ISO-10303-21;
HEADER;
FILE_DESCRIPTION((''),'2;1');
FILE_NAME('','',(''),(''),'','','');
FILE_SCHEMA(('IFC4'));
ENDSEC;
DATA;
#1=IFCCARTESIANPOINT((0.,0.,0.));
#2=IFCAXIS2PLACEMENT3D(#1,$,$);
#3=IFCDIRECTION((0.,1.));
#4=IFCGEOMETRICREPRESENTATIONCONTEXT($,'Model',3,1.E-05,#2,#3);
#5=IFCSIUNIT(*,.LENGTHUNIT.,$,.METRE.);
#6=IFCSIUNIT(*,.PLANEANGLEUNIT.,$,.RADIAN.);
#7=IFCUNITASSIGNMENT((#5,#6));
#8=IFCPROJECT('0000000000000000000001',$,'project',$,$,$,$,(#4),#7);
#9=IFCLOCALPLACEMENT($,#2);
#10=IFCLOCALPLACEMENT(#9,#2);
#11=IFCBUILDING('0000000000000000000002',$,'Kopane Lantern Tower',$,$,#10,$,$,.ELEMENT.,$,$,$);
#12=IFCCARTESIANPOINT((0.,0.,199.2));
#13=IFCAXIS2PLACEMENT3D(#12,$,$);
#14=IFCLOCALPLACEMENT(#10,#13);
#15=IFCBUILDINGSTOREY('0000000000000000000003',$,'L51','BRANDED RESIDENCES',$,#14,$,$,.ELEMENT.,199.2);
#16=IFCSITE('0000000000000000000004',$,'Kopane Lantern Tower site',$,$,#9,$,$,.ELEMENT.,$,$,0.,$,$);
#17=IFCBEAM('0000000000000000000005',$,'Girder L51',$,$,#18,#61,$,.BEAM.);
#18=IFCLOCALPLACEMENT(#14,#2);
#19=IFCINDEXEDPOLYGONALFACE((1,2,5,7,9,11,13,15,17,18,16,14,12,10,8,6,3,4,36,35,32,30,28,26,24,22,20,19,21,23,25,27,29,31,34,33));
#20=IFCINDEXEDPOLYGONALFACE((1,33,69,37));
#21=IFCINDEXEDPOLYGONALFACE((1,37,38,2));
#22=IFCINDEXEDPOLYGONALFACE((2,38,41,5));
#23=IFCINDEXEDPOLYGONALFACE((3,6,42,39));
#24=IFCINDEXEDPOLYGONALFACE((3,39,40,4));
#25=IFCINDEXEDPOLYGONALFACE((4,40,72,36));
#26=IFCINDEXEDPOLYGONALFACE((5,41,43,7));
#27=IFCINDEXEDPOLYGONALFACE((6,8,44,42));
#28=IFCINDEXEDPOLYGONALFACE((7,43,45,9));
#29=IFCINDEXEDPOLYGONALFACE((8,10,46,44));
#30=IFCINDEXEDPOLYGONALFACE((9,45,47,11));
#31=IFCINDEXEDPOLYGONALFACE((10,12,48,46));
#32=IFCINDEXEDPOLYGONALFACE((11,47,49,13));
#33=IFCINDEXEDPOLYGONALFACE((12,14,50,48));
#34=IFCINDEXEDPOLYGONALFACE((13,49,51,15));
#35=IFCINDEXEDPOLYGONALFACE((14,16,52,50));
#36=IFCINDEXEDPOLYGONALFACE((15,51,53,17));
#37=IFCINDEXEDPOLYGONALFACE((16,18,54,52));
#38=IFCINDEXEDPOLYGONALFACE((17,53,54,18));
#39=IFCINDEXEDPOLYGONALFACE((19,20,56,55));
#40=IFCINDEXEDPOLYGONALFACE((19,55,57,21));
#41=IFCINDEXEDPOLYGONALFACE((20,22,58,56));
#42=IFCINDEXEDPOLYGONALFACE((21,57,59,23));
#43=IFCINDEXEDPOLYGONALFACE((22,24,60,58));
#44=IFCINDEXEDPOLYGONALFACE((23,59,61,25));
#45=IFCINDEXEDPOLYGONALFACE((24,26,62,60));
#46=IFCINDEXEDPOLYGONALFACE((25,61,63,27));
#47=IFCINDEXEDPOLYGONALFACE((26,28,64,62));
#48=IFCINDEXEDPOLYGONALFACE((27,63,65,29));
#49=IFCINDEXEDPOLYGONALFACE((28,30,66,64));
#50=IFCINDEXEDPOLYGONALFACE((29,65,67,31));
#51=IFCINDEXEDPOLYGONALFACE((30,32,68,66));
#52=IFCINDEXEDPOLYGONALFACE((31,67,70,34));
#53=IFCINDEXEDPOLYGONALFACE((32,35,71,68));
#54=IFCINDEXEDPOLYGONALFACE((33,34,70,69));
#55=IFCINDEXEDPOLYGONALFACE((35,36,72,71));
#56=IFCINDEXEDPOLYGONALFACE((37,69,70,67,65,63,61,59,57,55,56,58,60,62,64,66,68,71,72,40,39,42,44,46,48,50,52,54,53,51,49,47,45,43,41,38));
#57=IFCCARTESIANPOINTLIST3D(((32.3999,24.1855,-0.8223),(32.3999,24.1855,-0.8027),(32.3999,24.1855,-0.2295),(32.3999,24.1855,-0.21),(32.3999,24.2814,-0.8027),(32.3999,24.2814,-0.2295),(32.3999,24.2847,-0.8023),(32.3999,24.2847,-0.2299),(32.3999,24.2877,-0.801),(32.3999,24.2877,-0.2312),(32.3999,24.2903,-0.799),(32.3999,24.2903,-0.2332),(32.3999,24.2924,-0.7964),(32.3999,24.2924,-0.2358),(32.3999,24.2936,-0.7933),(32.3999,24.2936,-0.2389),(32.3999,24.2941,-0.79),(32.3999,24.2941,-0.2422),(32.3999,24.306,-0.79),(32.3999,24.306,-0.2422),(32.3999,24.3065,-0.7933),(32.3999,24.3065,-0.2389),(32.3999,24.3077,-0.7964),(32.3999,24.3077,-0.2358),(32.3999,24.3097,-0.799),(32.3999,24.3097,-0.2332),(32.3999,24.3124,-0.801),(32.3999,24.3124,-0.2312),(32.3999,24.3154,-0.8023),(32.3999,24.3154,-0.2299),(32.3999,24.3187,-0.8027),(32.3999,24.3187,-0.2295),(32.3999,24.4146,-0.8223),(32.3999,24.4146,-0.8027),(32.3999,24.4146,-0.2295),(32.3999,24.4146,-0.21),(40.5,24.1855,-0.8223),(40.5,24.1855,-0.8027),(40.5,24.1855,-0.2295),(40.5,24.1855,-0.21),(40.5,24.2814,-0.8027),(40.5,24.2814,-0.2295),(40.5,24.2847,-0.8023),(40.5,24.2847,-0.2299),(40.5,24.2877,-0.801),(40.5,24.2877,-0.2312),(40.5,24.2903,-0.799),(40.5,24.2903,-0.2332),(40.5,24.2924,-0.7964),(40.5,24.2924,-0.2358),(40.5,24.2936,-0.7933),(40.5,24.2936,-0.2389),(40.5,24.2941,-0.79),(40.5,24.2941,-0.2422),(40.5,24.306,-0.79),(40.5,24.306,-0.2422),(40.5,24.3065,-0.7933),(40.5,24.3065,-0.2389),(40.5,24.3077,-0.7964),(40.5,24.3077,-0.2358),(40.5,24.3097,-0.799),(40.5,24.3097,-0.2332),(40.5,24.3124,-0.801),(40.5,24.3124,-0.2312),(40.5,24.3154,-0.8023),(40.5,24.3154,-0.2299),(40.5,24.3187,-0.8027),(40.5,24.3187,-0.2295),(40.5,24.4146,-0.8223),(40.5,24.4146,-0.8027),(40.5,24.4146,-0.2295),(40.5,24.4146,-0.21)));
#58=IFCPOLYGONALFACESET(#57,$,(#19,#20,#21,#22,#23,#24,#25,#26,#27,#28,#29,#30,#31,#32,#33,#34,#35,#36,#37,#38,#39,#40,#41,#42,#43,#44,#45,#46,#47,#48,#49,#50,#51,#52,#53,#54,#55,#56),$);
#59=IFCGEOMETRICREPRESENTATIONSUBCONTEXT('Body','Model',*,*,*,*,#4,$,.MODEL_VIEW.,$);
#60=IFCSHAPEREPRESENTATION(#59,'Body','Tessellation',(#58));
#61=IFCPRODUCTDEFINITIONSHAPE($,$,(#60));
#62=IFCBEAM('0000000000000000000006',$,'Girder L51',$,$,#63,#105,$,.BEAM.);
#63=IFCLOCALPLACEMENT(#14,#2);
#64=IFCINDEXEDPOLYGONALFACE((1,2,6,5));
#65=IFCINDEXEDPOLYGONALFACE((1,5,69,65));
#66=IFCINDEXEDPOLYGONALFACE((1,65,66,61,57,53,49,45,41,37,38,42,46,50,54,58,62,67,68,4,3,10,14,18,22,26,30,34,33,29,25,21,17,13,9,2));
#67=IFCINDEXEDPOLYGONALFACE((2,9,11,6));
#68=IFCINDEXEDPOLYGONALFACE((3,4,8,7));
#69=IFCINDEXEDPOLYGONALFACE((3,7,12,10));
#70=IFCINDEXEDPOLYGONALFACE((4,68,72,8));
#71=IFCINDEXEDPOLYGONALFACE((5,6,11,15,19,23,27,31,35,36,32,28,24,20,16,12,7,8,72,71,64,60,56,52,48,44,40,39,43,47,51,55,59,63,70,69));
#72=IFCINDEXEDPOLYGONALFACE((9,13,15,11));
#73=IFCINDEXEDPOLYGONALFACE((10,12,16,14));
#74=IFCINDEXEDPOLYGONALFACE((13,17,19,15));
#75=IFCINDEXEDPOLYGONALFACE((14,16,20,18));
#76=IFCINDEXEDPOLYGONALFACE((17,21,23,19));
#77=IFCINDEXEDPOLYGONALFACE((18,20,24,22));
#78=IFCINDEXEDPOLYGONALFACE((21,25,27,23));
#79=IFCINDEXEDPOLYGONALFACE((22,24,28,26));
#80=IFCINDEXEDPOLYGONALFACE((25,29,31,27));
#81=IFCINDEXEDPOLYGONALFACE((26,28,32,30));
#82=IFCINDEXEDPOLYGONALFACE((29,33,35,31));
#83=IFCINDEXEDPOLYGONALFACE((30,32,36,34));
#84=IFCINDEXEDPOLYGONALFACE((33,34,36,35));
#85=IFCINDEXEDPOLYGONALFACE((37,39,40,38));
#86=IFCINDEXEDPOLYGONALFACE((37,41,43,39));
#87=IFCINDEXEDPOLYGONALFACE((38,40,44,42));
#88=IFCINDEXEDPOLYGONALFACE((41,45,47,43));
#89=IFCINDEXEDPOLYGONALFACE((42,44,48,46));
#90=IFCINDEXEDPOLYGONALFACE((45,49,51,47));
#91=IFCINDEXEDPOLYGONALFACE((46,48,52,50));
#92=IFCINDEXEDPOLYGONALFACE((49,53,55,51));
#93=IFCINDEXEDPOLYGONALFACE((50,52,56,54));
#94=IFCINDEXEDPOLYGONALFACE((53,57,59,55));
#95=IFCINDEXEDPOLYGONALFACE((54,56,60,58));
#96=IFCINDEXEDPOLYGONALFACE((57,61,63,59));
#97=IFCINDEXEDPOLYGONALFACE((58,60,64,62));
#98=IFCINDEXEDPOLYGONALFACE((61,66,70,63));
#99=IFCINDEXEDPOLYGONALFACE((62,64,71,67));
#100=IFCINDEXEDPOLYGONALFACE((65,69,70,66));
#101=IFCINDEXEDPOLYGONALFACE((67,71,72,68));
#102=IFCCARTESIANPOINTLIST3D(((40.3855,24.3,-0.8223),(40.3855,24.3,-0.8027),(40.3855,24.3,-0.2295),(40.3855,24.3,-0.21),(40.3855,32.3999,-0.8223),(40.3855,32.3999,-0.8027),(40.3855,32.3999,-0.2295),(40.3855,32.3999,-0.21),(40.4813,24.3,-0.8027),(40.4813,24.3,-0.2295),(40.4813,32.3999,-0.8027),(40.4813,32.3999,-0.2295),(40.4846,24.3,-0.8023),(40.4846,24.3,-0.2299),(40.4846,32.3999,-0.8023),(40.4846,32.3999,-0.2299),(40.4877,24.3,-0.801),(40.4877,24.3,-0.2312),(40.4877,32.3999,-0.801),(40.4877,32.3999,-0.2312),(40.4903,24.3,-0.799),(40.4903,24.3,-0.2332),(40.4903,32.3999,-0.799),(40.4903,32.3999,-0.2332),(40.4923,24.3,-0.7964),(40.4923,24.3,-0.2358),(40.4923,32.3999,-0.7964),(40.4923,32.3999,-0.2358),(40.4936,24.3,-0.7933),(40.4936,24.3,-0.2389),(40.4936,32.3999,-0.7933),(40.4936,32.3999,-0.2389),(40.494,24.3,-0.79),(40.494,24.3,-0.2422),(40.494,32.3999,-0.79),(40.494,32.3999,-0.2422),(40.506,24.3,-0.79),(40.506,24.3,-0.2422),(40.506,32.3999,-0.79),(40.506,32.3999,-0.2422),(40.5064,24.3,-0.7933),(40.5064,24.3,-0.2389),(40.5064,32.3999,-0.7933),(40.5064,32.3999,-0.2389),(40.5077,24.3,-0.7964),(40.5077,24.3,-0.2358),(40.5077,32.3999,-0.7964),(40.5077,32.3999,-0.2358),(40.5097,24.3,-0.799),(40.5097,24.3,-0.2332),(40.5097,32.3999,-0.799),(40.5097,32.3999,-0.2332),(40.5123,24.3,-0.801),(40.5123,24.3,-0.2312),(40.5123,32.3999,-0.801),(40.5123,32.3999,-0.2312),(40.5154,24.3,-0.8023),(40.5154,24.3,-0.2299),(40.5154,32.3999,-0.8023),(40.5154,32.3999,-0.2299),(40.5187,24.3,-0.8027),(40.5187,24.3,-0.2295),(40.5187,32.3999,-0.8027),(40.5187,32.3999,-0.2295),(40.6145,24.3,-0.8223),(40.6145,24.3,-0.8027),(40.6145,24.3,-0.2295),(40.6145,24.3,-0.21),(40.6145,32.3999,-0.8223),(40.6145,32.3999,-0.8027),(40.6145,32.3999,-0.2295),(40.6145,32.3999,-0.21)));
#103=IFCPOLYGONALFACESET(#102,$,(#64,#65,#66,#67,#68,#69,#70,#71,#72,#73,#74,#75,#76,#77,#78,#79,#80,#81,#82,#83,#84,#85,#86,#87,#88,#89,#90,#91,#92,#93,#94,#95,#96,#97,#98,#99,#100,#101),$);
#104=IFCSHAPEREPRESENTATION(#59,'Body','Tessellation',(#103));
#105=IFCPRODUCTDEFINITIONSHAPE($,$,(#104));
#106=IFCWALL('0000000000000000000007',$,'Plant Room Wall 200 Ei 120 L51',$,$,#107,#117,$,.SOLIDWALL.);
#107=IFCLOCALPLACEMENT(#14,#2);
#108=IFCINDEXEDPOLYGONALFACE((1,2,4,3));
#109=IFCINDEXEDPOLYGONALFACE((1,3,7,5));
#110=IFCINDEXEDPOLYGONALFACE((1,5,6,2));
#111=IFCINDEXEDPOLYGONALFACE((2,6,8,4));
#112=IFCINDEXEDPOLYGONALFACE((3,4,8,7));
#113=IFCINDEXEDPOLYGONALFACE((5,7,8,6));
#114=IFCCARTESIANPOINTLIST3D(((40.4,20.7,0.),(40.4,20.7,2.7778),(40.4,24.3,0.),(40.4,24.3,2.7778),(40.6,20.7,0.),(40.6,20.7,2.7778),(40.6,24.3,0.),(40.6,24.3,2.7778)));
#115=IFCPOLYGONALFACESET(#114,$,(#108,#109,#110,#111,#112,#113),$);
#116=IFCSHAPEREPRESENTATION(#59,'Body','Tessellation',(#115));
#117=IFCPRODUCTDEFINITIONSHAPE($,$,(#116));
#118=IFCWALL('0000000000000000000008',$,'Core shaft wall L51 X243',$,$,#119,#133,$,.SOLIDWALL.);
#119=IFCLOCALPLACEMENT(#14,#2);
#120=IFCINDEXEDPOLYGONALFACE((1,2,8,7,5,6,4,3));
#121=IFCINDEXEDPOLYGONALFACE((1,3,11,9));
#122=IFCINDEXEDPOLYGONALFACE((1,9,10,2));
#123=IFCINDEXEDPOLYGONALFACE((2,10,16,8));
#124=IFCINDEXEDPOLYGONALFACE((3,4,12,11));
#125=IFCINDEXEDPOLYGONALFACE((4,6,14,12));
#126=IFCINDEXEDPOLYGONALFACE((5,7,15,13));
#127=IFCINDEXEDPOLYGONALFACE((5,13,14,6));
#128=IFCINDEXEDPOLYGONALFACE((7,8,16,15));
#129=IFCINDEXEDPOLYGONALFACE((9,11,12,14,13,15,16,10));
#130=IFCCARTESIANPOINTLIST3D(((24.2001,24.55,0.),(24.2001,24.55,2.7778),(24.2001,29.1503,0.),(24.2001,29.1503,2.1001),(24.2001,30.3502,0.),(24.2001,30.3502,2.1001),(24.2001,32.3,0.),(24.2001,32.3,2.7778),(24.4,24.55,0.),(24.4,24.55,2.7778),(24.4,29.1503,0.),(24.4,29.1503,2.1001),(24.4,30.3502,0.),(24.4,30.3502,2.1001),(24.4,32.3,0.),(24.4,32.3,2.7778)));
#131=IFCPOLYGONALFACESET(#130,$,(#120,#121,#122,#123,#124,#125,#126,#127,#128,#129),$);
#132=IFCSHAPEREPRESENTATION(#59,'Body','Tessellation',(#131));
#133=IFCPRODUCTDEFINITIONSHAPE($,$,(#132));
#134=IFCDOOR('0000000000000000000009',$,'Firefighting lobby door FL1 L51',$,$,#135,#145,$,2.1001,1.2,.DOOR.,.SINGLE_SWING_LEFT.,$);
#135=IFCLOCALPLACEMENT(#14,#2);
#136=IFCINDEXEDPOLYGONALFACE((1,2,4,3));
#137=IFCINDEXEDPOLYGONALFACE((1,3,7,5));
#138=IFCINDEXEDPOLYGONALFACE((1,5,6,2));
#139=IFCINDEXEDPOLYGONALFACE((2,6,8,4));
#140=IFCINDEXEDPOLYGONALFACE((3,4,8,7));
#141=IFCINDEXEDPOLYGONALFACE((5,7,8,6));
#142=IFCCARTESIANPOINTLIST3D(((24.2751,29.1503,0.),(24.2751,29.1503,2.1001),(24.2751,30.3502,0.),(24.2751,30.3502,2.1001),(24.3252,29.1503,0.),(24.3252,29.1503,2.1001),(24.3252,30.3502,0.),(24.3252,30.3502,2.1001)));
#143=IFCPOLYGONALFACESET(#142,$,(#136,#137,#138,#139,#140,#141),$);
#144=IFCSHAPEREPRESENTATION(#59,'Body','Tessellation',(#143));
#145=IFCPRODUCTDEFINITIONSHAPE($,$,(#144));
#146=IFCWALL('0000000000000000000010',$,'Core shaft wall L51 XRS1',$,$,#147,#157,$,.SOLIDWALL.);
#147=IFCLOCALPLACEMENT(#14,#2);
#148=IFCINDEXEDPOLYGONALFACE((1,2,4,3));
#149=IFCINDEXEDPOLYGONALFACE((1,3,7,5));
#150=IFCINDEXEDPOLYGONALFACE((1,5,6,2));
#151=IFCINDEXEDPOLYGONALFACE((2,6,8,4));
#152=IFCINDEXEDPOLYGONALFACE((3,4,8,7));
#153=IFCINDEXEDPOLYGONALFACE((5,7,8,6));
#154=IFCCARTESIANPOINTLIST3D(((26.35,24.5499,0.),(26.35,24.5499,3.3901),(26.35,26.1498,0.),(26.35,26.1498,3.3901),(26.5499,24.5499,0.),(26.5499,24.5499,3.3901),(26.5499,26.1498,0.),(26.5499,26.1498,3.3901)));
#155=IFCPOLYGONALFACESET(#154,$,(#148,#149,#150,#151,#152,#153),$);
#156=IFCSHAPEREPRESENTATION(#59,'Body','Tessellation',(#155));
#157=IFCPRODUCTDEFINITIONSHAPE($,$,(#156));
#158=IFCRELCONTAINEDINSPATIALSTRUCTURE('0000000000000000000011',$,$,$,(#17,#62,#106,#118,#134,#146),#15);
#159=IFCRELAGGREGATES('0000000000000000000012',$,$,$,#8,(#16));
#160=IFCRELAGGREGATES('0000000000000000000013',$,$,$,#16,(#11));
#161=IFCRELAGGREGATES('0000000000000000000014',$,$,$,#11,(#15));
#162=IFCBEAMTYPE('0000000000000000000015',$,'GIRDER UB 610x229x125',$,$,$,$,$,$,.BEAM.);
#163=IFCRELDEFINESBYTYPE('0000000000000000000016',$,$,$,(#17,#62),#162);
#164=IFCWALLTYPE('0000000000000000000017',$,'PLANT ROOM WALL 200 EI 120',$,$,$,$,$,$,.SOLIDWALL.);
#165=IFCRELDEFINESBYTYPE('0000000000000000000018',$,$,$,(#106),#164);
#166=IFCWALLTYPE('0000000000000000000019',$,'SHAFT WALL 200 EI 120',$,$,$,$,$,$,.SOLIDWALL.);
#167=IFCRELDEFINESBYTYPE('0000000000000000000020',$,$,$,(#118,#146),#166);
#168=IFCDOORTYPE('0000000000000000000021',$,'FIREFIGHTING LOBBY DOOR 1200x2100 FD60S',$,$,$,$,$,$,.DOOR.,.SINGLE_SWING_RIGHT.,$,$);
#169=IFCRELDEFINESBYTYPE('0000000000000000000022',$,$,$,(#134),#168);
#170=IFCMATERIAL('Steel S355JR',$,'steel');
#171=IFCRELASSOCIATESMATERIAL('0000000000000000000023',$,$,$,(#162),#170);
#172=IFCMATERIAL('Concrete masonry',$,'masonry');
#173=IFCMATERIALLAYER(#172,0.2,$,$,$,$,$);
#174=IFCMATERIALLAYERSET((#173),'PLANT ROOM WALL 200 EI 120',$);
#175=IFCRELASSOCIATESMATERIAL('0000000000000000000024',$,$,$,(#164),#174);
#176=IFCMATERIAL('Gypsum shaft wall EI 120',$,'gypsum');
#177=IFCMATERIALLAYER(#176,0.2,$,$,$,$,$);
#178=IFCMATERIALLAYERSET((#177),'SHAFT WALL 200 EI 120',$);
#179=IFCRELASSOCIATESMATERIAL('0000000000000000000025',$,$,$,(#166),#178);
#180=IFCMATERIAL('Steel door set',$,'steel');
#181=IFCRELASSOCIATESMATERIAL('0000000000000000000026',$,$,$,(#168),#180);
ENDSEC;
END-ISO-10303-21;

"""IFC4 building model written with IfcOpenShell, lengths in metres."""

from ifc_helpers import new_model, si_unit, direction, frame, frame_2d, origin, origin_2d, place, context, subcontext, project, spatial, rectangle, i_section, extrude, material, layer, layer_set, material_profile, profile_set, type_object, element, fill, save


model = new_model("IFC4")

# Units and contexts
model_context = context("Model", 3, precision=1e-05, world=origin(), true_north=direction((0.0, 1.0)))
body_context = subcontext(model_context, "Body", "Model", "MODEL_VIEW")
ifc_project = project(units=[si_unit("LENGTHUNIT", "METRE"), si_unit("PLANEANGLEUNIT", "RADIAN")], contexts=[model_context])

# Site, building, storey
site_placement = place(None, origin())
site = spatial("IfcSite", under=ifc_project, at=site_placement, Name="Kopane Lantern Tower site", CompositionType="ELEMENT", RefElevation=0.0)
building_placement = place(site_placement, origin())
building = spatial("IfcBuilding", under=site, at=building_placement, Name="Kopane Lantern Tower", CompositionType="ELEMENT")
storey_placement = place(building_placement, frame((0.0, 0.0, 199.2)))
storey = spatial("IfcBuildingStorey", under=building, at=storey_placement, Name="L51", Description="BRANDED RESIDENCES", CompositionType="ELEMENT", Elevation=199.2)

# Beams
ifc_material_1 = material(Name="Steel S355JR", Category="steel")
ifc_material_profile_1 = material_profile(ifc_material_1, i_section(OverallWidth=0.229, OverallDepth=0.6123, WebThickness=0.012, FlangeThickness=0.0195, FilletRadius=0.0127, at=origin_2d()), Name="UB 610x229x125")
ifc_profile_set_1 = profile_set([ifc_material_profile_1], Name="Steel S355JR")
beam_type_1 = type_object("IfcBeamType", Name="GIRDER UB 610x229x125", PredefinedType="BEAM", material=ifc_profile_set_1)
beam_1_placement = place(storey_placement, frame((32.3999, 24.3, -0.5161), z_axis=(1.0, 0.0, 0.0), x_axis=(0.0, 1.0, 0.0)))
element("IfcBeam", 1, at=beam_1_placement, inside=storey, type_object=beam_type_1, Name="Girder L51", PredefinedType="BEAM", context=body_context, shape_type="SweptSolid", body=[
    extrude(i_section(OverallWidth=0.229, OverallDepth=0.6123, WebThickness=0.012, FlangeThickness=0.0195, FilletRadius=0.0127, at=origin_2d()), origin(), (0.0, 0.0, 1.0), 8.1001),
])
beam_2_placement = place(storey_placement, frame((40.5, 24.3, -0.5161), z_axis=(0.0, 1.0, 0.0), x_axis=(-1.0, 0.0, 0.0)))
element("IfcBeam", 2, at=beam_2_placement, inside=storey, type_object=beam_type_1, Name="Girder L51", PredefinedType="BEAM", context=body_context, shape_type="SweptSolid", body=[
    extrude(i_section(OverallWidth=0.229, OverallDepth=0.6123, WebThickness=0.012, FlangeThickness=0.0195, FilletRadius=0.0127, at=origin_2d()), origin(), (0.0, 0.0, 1.0), 8.0999),
])

# Wall
ifc_material_2 = material(Name="Concrete masonry", Category="masonry")
ifc_layer_1 = layer(ifc_material_2, 0.2)
ifc_layer_set_1 = layer_set([ifc_layer_1], Name="PLANT ROOM WALL 200 EI 120")
wall_type_1 = type_object("IfcWallType", Name="PLANT ROOM WALL 200 EI 120", PredefinedType="SOLIDWALL", material=ifc_layer_set_1)
wall_1_placement = place(storey_placement, frame((40.5, 20.7, 0.0), z_axis=(0.0, 0.0, 1.0), x_axis=(0.0, 1.0, 0.0)))
element("IfcWall", 3, at=wall_1_placement, inside=storey, type_object=wall_type_1, Name="Plant Room Wall 200 Ei 120 L51", PredefinedType="SOLIDWALL", context=body_context, shape_type="SweptSolid", body=[
    extrude(rectangle(XDim=3.6001, YDim=0.2, at=frame_2d((1.8, 0.0))), origin(), (0.0, 0.0, 1.0), 2.7778),
])

# Wall, opening, door
ifc_material_3 = material(Name="Gypsum shaft wall EI 120", Category="gypsum")
ifc_layer_2 = layer(ifc_material_3, 0.2)
ifc_layer_set_2 = layer_set([ifc_layer_2], Name="SHAFT WALL 200 EI 120")
wall_type_2 = type_object("IfcWallType", Name="SHAFT WALL 200 EI 120", PredefinedType="SOLIDWALL", material=ifc_layer_set_2)
wall_2_placement = place(storey_placement, frame((24.3, 24.55, 0.0), z_axis=(0.0, 0.0, 1.0), x_axis=(0.0, 1.0, 0.0)))
wall_2 = element("IfcWall", 4, at=wall_2_placement, inside=storey, type_object=wall_type_2, Name="Core shaft wall L51 X243", PredefinedType="SOLIDWALL", context=body_context, shape_type="SweptSolid", body=[
    extrude(rectangle(XDim=7.75, YDim=0.2, at=frame_2d((3.875, 0.0))), origin(), (0.0, 0.0, 1.0), 2.7778),
])
opening_1_placement = place(wall_2_placement, frame((4.6001, 0.0, 0.0)))
opening_1 = element("IfcOpeningElement", 5, at=opening_1_placement, cuts=wall_2, PredefinedType="OPENING", context=body_context, shape_type="SweptSolid", body=[
    extrude(rectangle(XDim=1.2, YDim=2.1001, at=frame_2d((0.6001, 1.05))), frame((0.0, 0.1099, 0.0), z_axis=(0.0, -1.0, 0.0), x_axis=(1.0, 0.0, 0.0)), (0.0, 0.0, 1.0), 0.22),
])
ifc_material_4 = material(Name="Steel door set", Category="steel")
door_type_1 = type_object("IfcDoorType", Name="FIREFIGHTING LOBBY DOOR 1200x2100 FD60S", OperationType="SINGLE_SWING_RIGHT", PredefinedType="DOOR", material=ifc_material_4)
door_1_placement = place(opening_1_placement, origin())
door_1 = element("IfcDoor", 6, at=door_1_placement, inside=storey, type_object=door_type_1, Name="Firefighting lobby door FL1 L51", OperationType="SINGLE_SWING_LEFT", OverallHeight=2.1001, OverallWidth=1.2, PredefinedType="DOOR", context=body_context, shape_type="SweptSolid", body=[
    extrude(rectangle(XDim=1.2, YDim=2.1001, at=frame_2d((0.6001, 1.05))), frame((0.0, 0.0249, 0.0), z_axis=(0.0, -1.0, 0.0), x_axis=(1.0, 0.0, 0.0)), (0.0, 0.0, 1.0), 0.05),
])
fill(opening_1, door_1)

# Wall
wall_3_placement = place(storey_placement, frame((26.45, 24.55, 0.0), z_axis=(0.0, 0.0, 1.0), x_axis=(0.0, 1.0, 0.0)))
element("IfcWall", 7, at=wall_3_placement, inside=storey, type_object=wall_type_2, Name="Core shaft wall L51 XRS1", PredefinedType="SOLIDWALL", context=body_context, shape_type="SweptSolid", body=[
    extrude(rectangle(XDim=1.5999, YDim=0.2, at=frame_2d((0.7998, 0.0))), origin(), (0.0, 0.0, 1.0), 3.3901),
])

save(model, "model.ifc")
